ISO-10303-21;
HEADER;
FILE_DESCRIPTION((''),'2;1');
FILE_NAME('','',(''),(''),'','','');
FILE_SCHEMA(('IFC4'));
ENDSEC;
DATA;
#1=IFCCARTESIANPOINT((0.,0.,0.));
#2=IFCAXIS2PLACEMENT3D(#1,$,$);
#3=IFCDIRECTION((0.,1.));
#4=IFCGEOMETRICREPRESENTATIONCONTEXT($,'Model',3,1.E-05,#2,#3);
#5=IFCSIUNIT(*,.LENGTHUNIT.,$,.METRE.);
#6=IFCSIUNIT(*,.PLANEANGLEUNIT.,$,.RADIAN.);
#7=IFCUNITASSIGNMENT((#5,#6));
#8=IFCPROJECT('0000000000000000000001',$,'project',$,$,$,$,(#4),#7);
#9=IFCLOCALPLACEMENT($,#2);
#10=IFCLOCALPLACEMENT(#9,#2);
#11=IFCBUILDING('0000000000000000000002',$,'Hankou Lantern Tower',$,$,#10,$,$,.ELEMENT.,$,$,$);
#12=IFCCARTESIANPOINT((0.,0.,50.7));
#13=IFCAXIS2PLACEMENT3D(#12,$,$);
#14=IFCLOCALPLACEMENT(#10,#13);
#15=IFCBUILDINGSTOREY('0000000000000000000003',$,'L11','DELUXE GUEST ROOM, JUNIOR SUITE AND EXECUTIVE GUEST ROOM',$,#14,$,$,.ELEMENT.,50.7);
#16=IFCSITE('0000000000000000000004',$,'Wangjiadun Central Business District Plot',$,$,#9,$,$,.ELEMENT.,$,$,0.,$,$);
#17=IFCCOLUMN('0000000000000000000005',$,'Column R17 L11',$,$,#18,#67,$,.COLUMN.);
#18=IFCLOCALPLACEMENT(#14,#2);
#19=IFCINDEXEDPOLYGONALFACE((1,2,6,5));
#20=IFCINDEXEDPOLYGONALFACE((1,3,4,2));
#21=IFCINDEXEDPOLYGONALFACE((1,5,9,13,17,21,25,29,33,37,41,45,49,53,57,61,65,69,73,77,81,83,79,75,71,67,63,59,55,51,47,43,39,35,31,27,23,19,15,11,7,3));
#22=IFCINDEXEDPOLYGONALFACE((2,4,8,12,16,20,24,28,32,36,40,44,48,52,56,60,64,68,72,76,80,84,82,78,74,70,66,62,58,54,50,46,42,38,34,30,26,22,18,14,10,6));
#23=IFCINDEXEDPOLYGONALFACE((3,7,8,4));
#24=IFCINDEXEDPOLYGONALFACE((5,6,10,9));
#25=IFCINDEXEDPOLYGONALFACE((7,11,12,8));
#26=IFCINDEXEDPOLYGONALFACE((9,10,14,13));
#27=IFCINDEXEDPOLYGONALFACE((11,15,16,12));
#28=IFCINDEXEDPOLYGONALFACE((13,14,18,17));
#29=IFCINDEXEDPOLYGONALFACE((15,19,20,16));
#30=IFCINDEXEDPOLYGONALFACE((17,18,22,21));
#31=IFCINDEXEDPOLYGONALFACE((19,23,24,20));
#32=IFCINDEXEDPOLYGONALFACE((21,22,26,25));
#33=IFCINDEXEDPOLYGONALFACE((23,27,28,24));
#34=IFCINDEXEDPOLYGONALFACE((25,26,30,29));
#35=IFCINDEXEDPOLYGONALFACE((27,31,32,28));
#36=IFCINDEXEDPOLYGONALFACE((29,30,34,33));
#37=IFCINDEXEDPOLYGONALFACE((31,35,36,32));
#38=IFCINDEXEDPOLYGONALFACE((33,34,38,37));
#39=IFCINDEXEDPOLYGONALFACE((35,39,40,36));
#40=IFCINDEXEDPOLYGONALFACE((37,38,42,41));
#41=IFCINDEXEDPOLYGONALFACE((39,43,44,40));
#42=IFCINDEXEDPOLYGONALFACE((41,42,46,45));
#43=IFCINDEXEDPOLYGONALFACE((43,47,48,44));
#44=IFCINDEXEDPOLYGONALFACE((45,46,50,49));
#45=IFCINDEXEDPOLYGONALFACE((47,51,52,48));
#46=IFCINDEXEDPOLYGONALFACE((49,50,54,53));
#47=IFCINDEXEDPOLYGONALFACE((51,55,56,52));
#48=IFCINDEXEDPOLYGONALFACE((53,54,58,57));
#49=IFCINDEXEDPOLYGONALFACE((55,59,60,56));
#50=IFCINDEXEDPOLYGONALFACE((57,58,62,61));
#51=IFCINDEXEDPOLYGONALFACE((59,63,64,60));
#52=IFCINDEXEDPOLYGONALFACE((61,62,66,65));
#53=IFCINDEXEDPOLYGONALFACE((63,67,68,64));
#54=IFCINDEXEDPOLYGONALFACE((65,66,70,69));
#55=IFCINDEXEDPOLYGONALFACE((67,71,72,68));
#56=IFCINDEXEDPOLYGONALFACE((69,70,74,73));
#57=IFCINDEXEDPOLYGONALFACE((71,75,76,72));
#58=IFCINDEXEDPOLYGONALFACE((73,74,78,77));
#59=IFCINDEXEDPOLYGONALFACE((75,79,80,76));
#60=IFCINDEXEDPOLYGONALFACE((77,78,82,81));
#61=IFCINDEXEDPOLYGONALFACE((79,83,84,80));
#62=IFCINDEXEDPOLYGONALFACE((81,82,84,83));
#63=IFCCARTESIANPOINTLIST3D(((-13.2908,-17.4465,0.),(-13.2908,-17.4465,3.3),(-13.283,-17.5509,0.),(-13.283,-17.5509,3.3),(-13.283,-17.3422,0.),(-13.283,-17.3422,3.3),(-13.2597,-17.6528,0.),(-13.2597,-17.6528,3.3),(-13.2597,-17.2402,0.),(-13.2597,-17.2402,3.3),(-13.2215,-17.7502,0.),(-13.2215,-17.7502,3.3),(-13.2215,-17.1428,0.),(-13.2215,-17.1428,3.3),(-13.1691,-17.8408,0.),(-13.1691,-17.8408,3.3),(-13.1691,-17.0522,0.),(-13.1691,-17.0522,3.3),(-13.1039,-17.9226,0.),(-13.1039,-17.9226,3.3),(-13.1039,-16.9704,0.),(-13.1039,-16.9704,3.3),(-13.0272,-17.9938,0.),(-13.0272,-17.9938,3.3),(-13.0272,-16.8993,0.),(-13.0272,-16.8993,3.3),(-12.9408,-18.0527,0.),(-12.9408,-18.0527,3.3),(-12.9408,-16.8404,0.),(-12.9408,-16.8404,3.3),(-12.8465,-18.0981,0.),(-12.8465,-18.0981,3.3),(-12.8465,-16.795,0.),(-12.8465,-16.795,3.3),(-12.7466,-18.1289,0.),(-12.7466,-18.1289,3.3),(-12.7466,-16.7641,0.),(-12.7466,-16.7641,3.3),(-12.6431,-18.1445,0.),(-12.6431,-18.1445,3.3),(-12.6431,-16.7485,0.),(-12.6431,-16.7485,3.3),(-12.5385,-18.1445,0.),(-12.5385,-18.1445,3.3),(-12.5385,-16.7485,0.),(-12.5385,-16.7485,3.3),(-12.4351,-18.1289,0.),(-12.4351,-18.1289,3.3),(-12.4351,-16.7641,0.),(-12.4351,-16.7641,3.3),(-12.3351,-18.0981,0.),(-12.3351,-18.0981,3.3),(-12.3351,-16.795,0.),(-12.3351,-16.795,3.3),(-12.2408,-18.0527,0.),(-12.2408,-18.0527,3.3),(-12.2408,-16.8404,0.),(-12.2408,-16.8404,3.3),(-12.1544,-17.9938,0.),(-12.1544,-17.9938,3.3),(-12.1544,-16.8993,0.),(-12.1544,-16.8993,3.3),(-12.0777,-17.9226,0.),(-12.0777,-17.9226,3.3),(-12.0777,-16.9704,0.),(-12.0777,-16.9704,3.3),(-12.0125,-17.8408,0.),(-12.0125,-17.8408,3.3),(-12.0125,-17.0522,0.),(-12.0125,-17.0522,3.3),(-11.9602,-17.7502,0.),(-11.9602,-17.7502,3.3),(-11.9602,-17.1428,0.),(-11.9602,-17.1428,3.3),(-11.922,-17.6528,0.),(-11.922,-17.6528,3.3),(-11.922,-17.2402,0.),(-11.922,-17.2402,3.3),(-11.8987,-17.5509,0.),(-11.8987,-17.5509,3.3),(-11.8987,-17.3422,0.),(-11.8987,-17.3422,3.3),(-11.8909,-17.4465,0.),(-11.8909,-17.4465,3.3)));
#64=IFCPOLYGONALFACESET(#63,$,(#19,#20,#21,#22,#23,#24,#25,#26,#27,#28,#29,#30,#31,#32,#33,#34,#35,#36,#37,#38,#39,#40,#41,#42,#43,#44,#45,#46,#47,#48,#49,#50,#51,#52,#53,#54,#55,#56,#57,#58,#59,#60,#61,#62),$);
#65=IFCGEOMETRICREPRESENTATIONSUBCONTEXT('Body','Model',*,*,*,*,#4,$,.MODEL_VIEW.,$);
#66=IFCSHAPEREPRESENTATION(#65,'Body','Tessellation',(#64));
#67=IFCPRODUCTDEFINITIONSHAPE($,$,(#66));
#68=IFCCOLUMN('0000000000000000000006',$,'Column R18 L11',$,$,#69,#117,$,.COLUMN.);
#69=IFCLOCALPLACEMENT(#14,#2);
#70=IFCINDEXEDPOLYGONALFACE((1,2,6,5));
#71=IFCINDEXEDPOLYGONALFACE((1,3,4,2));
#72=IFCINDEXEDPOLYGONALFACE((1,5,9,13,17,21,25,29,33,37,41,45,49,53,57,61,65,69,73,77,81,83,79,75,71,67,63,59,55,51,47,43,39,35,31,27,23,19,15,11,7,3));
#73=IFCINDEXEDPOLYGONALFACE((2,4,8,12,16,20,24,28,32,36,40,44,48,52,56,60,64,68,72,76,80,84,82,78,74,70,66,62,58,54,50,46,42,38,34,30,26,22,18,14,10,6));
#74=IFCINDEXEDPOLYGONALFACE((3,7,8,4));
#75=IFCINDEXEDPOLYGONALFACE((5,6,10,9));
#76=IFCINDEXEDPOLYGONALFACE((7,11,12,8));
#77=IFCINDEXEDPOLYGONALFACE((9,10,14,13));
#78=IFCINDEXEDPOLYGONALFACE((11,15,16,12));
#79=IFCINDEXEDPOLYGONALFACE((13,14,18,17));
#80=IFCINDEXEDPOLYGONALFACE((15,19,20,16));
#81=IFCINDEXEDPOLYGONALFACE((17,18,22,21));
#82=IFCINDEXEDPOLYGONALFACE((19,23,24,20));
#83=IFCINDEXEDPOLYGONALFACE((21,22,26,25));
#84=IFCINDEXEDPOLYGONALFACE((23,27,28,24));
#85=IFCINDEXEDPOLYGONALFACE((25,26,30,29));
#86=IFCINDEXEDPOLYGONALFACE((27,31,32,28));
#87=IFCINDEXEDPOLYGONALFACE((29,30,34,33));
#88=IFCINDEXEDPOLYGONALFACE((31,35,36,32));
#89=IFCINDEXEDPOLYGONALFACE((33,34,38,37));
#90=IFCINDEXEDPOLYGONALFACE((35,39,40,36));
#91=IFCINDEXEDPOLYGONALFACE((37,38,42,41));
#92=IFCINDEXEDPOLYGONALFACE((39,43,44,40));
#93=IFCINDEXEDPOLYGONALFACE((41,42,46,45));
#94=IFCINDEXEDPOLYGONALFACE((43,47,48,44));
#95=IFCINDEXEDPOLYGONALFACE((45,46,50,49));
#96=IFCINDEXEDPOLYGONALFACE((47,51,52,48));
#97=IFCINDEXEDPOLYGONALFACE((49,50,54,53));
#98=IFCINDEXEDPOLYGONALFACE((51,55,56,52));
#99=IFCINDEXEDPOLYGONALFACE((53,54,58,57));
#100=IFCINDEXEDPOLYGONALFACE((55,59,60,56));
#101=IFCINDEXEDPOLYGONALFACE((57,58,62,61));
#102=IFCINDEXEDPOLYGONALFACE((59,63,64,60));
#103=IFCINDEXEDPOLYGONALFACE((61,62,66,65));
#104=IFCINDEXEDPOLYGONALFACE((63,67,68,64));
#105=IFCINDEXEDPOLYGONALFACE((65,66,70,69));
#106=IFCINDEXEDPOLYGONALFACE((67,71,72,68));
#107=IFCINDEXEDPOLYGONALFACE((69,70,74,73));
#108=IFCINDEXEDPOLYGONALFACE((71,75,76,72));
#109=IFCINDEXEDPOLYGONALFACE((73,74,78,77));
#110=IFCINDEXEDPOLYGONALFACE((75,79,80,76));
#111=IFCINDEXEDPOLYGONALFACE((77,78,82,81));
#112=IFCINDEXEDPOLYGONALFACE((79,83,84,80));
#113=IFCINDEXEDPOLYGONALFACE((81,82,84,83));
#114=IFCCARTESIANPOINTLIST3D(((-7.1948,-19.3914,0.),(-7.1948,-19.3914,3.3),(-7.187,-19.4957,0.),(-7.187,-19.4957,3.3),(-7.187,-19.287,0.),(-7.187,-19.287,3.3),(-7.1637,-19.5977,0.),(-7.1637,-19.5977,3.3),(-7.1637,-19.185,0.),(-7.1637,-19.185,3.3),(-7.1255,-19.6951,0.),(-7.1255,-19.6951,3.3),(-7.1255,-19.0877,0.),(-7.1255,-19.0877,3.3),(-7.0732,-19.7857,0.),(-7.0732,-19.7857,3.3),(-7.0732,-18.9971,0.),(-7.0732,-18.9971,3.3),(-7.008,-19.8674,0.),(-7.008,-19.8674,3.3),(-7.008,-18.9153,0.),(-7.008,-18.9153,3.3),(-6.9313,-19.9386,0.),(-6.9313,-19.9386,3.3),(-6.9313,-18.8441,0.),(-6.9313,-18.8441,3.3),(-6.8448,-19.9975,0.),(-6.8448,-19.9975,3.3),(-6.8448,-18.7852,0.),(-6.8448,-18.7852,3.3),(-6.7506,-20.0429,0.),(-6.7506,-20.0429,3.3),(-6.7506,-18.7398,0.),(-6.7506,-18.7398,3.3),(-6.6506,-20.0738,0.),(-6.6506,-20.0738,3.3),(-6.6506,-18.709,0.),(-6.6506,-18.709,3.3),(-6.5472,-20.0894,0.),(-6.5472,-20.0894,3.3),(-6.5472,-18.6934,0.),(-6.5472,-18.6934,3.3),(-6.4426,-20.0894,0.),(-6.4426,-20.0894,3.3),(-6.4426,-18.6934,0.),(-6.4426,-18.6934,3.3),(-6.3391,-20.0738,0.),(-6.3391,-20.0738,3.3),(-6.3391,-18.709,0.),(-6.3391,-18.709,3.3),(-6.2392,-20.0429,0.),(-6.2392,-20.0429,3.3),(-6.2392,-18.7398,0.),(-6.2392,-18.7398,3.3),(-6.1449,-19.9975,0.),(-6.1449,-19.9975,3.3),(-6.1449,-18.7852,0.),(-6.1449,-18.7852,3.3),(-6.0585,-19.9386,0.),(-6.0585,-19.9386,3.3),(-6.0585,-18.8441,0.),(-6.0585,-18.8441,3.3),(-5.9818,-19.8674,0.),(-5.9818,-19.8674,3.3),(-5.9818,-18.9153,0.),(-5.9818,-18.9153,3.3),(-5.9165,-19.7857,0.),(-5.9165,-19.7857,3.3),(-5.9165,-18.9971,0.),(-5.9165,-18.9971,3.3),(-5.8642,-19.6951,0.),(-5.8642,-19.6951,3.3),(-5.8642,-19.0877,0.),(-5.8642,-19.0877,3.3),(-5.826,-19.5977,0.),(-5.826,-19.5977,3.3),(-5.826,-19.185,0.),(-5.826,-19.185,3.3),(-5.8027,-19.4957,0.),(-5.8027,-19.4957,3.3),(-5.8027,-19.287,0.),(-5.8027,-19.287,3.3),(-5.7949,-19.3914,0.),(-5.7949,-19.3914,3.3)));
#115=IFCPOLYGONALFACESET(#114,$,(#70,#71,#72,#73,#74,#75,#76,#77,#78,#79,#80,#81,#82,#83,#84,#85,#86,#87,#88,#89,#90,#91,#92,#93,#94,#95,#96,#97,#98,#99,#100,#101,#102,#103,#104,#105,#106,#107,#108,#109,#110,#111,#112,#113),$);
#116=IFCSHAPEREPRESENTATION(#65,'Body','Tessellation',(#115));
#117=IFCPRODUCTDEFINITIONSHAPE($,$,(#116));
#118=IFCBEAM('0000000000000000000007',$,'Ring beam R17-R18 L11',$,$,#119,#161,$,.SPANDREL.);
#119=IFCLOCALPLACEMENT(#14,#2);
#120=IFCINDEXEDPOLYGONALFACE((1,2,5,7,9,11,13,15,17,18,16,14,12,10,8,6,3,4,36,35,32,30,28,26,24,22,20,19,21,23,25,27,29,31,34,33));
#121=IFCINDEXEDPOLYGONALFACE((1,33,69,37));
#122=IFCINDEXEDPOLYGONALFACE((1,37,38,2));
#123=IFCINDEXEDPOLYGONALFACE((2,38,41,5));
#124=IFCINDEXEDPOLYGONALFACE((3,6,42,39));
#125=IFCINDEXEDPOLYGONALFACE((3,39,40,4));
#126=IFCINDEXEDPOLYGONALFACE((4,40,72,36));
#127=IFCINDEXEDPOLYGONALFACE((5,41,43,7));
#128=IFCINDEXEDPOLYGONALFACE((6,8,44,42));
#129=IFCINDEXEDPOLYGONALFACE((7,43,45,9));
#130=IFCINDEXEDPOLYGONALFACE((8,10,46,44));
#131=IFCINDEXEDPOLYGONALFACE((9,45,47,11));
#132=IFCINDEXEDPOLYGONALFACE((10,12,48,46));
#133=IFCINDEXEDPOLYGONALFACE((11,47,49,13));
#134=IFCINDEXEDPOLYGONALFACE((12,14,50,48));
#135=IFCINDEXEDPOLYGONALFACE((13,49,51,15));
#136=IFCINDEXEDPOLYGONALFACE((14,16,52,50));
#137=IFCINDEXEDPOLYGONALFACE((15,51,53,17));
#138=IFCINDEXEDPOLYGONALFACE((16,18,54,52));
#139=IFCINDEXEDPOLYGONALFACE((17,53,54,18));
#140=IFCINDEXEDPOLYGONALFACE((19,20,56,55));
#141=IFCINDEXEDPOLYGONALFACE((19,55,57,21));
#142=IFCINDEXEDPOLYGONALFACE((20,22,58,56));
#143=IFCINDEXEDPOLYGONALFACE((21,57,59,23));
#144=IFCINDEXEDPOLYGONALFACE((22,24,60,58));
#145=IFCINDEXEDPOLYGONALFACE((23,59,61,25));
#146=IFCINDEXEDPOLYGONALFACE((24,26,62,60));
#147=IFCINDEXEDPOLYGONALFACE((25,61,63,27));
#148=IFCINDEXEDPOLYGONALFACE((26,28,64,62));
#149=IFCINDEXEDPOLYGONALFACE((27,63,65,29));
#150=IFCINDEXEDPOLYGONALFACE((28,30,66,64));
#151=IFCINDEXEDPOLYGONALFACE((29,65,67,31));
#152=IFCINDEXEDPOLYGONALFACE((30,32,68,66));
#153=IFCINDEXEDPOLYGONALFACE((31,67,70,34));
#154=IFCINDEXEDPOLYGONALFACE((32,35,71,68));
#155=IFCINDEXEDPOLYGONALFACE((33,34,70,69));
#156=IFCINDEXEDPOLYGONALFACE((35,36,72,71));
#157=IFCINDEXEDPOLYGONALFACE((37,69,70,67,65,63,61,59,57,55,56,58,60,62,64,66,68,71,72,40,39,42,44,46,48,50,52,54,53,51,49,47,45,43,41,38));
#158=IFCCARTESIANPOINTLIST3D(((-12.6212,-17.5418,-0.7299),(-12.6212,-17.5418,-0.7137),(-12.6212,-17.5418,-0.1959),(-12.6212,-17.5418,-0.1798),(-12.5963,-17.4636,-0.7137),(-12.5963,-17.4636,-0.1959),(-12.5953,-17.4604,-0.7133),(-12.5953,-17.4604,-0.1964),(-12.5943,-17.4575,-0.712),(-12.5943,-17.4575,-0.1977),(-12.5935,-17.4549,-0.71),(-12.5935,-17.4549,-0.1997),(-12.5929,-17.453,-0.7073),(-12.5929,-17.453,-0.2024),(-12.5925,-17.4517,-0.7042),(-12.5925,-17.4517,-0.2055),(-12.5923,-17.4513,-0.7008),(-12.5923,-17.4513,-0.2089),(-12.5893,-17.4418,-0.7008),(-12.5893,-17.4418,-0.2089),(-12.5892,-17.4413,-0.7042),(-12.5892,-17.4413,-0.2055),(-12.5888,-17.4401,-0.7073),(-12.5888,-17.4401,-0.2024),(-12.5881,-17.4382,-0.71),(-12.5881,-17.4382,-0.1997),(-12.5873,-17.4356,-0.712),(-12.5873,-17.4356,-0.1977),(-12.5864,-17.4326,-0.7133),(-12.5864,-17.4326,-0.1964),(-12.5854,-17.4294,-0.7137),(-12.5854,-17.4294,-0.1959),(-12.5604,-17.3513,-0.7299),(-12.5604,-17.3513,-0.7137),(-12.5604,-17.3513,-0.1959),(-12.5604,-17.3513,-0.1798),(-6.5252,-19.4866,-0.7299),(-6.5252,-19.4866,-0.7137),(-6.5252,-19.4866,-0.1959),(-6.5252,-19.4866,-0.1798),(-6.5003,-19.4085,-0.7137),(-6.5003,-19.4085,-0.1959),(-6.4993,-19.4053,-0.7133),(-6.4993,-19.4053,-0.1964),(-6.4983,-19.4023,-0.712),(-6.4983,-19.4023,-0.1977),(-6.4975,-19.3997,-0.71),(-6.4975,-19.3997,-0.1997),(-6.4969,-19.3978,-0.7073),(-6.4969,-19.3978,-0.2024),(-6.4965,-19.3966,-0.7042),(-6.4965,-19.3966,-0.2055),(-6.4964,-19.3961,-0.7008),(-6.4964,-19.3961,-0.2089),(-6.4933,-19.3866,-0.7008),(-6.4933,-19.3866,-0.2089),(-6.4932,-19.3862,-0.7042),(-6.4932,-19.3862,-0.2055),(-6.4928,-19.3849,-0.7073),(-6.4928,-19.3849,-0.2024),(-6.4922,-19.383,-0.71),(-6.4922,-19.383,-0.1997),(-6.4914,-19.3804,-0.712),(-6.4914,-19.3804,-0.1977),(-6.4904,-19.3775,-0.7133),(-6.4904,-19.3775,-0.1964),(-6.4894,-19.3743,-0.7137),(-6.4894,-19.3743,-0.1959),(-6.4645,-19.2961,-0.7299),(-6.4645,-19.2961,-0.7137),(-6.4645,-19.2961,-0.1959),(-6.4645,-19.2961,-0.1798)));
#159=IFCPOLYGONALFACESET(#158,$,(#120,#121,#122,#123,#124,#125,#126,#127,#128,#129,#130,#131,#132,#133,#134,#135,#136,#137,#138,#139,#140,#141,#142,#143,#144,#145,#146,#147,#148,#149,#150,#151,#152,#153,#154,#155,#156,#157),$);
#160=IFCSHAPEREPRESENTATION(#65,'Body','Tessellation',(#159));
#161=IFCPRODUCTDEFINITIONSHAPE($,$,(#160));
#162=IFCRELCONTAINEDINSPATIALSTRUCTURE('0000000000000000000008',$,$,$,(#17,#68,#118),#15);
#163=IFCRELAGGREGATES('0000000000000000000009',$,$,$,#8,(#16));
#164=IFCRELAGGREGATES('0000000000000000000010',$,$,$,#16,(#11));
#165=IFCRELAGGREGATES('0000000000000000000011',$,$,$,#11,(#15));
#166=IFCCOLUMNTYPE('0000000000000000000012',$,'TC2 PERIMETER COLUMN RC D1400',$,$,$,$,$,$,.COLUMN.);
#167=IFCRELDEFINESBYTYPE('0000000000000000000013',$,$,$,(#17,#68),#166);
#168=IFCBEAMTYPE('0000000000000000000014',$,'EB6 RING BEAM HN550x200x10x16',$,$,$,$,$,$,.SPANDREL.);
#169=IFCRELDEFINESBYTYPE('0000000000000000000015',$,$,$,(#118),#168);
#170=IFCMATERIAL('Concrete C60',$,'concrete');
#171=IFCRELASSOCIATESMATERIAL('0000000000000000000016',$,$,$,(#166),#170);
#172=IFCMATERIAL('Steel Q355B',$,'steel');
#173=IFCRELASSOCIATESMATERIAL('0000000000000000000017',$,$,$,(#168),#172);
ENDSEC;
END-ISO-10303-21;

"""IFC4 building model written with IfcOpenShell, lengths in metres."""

from ifc_helpers import new_model, si_unit, direction, frame, origin, origin_2d, place, context, subcontext, project, spatial, circle, i_section, extrude, material, material_profile, profile_set, type_object, element, save


model = new_model("IFC4")

# Units and contexts
model_context = context("Model", 3, precision=1e-05, world=origin(), true_north=direction((0.0, 1.0)))
body_context = subcontext(model_context, "Body", "Model", "MODEL_VIEW")
ifc_project = project(units=[si_unit("LENGTHUNIT", "METRE"), si_unit("PLANEANGLEUNIT", "RADIAN")], contexts=[model_context])

# Site, building, storey
site_placement = place(None, origin())
site = spatial("IfcSite", under=ifc_project, at=site_placement, Name="Wangjiadun Central Business District Plot", CompositionType="ELEMENT", RefElevation=0.0)
building_placement = place(site_placement, origin())
building = spatial("IfcBuilding", under=site, at=building_placement, Name="Hankou Lantern Tower", CompositionType="ELEMENT")
storey_placement = place(building_placement, frame((0.0, 0.0, 50.7)))
storey = spatial("IfcBuildingStorey", under=building, at=storey_placement, Name="L11", Description="DELUXE GUEST ROOM, JUNIOR SUITE AND EXECUTIVE GUEST ROOM", CompositionType="ELEMENT", Elevation=50.7)

# Columns
ifc_material_1 = material(Name="Concrete C60", Category="concrete")
ifc_material_profile_1 = material_profile(ifc_material_1, circle(Radius=0.7, at=origin_2d()), Name="RC D1400")
ifc_profile_set_1 = profile_set([ifc_material_profile_1], Name="Concrete C60")
column_type = type_object("IfcColumnType", Name="TC2 PERIMETER COLUMN RC D1400", PredefinedType="COLUMN", material=ifc_profile_set_1)
for number, where, z_axis, x_axis, name in (
    (1, (-12.5908, -17.4465, 0.0), (0.0, 0.0, 1.0), (1.0, 0.0, 0.0), "Column R17 L11"),
    (2, (-6.4949, -19.3914, 0.0), (0.0, 0.0, 1.0), (1.0, 0.0, 0.0), "Column R18 L11"),
):
    element("IfcColumn", number, at=place(storey_placement, frame(where, z_axis=z_axis, x_axis=x_axis)), inside=storey, type_object=column_type, Name=name, PredefinedType="COLUMN", context=body_context, shape_type="SweptSolid", body=[
        extrude(circle(Radius=0.7, at=origin_2d()), origin(), (0.0, 0.0, 1.0), 3.3),
    ])

# Beam
ifc_material_2 = material(Name="Steel Q355B", Category="steel")
ifc_material_profile_2 = material_profile(ifc_material_2, i_section(OverallWidth=0.2, OverallDepth=0.55, WebThickness=0.01, FlangeThickness=0.0161, FilletRadius=0.0129, at=origin_2d()), Name="HN550x200x10x16")
ifc_profile_set_2 = profile_set([ifc_material_profile_2], Name="Steel Q355B")
beam_type_1 = type_object("IfcBeamType", Name="EB6 RING BEAM HN550x200x10x16", PredefinedType="SPANDREL", material=ifc_profile_set_2)
beam_1_placement = place(storey_placement, frame((-12.5908, -17.4465, -0.4548), z_axis=(0.95269, -0.303942, 0.0), x_axis=(0.303942, 0.95269, 0.0)))
element("IfcBeam", 3, at=beam_1_placement, inside=storey, type_object=beam_type_1, Name="Ring beam R17-R18 L11", PredefinedType="SPANDREL", context=body_context, shape_type="SweptSolid", body=[
    extrude(i_section(OverallWidth=0.2, OverallDepth=0.55, WebThickness=0.01, FlangeThickness=0.0161, FilletRadius=0.0129, at=origin_2d()), origin(), (0.0, 0.0, 1.0), 6.3987),
])

save(model, "model.ifc")
